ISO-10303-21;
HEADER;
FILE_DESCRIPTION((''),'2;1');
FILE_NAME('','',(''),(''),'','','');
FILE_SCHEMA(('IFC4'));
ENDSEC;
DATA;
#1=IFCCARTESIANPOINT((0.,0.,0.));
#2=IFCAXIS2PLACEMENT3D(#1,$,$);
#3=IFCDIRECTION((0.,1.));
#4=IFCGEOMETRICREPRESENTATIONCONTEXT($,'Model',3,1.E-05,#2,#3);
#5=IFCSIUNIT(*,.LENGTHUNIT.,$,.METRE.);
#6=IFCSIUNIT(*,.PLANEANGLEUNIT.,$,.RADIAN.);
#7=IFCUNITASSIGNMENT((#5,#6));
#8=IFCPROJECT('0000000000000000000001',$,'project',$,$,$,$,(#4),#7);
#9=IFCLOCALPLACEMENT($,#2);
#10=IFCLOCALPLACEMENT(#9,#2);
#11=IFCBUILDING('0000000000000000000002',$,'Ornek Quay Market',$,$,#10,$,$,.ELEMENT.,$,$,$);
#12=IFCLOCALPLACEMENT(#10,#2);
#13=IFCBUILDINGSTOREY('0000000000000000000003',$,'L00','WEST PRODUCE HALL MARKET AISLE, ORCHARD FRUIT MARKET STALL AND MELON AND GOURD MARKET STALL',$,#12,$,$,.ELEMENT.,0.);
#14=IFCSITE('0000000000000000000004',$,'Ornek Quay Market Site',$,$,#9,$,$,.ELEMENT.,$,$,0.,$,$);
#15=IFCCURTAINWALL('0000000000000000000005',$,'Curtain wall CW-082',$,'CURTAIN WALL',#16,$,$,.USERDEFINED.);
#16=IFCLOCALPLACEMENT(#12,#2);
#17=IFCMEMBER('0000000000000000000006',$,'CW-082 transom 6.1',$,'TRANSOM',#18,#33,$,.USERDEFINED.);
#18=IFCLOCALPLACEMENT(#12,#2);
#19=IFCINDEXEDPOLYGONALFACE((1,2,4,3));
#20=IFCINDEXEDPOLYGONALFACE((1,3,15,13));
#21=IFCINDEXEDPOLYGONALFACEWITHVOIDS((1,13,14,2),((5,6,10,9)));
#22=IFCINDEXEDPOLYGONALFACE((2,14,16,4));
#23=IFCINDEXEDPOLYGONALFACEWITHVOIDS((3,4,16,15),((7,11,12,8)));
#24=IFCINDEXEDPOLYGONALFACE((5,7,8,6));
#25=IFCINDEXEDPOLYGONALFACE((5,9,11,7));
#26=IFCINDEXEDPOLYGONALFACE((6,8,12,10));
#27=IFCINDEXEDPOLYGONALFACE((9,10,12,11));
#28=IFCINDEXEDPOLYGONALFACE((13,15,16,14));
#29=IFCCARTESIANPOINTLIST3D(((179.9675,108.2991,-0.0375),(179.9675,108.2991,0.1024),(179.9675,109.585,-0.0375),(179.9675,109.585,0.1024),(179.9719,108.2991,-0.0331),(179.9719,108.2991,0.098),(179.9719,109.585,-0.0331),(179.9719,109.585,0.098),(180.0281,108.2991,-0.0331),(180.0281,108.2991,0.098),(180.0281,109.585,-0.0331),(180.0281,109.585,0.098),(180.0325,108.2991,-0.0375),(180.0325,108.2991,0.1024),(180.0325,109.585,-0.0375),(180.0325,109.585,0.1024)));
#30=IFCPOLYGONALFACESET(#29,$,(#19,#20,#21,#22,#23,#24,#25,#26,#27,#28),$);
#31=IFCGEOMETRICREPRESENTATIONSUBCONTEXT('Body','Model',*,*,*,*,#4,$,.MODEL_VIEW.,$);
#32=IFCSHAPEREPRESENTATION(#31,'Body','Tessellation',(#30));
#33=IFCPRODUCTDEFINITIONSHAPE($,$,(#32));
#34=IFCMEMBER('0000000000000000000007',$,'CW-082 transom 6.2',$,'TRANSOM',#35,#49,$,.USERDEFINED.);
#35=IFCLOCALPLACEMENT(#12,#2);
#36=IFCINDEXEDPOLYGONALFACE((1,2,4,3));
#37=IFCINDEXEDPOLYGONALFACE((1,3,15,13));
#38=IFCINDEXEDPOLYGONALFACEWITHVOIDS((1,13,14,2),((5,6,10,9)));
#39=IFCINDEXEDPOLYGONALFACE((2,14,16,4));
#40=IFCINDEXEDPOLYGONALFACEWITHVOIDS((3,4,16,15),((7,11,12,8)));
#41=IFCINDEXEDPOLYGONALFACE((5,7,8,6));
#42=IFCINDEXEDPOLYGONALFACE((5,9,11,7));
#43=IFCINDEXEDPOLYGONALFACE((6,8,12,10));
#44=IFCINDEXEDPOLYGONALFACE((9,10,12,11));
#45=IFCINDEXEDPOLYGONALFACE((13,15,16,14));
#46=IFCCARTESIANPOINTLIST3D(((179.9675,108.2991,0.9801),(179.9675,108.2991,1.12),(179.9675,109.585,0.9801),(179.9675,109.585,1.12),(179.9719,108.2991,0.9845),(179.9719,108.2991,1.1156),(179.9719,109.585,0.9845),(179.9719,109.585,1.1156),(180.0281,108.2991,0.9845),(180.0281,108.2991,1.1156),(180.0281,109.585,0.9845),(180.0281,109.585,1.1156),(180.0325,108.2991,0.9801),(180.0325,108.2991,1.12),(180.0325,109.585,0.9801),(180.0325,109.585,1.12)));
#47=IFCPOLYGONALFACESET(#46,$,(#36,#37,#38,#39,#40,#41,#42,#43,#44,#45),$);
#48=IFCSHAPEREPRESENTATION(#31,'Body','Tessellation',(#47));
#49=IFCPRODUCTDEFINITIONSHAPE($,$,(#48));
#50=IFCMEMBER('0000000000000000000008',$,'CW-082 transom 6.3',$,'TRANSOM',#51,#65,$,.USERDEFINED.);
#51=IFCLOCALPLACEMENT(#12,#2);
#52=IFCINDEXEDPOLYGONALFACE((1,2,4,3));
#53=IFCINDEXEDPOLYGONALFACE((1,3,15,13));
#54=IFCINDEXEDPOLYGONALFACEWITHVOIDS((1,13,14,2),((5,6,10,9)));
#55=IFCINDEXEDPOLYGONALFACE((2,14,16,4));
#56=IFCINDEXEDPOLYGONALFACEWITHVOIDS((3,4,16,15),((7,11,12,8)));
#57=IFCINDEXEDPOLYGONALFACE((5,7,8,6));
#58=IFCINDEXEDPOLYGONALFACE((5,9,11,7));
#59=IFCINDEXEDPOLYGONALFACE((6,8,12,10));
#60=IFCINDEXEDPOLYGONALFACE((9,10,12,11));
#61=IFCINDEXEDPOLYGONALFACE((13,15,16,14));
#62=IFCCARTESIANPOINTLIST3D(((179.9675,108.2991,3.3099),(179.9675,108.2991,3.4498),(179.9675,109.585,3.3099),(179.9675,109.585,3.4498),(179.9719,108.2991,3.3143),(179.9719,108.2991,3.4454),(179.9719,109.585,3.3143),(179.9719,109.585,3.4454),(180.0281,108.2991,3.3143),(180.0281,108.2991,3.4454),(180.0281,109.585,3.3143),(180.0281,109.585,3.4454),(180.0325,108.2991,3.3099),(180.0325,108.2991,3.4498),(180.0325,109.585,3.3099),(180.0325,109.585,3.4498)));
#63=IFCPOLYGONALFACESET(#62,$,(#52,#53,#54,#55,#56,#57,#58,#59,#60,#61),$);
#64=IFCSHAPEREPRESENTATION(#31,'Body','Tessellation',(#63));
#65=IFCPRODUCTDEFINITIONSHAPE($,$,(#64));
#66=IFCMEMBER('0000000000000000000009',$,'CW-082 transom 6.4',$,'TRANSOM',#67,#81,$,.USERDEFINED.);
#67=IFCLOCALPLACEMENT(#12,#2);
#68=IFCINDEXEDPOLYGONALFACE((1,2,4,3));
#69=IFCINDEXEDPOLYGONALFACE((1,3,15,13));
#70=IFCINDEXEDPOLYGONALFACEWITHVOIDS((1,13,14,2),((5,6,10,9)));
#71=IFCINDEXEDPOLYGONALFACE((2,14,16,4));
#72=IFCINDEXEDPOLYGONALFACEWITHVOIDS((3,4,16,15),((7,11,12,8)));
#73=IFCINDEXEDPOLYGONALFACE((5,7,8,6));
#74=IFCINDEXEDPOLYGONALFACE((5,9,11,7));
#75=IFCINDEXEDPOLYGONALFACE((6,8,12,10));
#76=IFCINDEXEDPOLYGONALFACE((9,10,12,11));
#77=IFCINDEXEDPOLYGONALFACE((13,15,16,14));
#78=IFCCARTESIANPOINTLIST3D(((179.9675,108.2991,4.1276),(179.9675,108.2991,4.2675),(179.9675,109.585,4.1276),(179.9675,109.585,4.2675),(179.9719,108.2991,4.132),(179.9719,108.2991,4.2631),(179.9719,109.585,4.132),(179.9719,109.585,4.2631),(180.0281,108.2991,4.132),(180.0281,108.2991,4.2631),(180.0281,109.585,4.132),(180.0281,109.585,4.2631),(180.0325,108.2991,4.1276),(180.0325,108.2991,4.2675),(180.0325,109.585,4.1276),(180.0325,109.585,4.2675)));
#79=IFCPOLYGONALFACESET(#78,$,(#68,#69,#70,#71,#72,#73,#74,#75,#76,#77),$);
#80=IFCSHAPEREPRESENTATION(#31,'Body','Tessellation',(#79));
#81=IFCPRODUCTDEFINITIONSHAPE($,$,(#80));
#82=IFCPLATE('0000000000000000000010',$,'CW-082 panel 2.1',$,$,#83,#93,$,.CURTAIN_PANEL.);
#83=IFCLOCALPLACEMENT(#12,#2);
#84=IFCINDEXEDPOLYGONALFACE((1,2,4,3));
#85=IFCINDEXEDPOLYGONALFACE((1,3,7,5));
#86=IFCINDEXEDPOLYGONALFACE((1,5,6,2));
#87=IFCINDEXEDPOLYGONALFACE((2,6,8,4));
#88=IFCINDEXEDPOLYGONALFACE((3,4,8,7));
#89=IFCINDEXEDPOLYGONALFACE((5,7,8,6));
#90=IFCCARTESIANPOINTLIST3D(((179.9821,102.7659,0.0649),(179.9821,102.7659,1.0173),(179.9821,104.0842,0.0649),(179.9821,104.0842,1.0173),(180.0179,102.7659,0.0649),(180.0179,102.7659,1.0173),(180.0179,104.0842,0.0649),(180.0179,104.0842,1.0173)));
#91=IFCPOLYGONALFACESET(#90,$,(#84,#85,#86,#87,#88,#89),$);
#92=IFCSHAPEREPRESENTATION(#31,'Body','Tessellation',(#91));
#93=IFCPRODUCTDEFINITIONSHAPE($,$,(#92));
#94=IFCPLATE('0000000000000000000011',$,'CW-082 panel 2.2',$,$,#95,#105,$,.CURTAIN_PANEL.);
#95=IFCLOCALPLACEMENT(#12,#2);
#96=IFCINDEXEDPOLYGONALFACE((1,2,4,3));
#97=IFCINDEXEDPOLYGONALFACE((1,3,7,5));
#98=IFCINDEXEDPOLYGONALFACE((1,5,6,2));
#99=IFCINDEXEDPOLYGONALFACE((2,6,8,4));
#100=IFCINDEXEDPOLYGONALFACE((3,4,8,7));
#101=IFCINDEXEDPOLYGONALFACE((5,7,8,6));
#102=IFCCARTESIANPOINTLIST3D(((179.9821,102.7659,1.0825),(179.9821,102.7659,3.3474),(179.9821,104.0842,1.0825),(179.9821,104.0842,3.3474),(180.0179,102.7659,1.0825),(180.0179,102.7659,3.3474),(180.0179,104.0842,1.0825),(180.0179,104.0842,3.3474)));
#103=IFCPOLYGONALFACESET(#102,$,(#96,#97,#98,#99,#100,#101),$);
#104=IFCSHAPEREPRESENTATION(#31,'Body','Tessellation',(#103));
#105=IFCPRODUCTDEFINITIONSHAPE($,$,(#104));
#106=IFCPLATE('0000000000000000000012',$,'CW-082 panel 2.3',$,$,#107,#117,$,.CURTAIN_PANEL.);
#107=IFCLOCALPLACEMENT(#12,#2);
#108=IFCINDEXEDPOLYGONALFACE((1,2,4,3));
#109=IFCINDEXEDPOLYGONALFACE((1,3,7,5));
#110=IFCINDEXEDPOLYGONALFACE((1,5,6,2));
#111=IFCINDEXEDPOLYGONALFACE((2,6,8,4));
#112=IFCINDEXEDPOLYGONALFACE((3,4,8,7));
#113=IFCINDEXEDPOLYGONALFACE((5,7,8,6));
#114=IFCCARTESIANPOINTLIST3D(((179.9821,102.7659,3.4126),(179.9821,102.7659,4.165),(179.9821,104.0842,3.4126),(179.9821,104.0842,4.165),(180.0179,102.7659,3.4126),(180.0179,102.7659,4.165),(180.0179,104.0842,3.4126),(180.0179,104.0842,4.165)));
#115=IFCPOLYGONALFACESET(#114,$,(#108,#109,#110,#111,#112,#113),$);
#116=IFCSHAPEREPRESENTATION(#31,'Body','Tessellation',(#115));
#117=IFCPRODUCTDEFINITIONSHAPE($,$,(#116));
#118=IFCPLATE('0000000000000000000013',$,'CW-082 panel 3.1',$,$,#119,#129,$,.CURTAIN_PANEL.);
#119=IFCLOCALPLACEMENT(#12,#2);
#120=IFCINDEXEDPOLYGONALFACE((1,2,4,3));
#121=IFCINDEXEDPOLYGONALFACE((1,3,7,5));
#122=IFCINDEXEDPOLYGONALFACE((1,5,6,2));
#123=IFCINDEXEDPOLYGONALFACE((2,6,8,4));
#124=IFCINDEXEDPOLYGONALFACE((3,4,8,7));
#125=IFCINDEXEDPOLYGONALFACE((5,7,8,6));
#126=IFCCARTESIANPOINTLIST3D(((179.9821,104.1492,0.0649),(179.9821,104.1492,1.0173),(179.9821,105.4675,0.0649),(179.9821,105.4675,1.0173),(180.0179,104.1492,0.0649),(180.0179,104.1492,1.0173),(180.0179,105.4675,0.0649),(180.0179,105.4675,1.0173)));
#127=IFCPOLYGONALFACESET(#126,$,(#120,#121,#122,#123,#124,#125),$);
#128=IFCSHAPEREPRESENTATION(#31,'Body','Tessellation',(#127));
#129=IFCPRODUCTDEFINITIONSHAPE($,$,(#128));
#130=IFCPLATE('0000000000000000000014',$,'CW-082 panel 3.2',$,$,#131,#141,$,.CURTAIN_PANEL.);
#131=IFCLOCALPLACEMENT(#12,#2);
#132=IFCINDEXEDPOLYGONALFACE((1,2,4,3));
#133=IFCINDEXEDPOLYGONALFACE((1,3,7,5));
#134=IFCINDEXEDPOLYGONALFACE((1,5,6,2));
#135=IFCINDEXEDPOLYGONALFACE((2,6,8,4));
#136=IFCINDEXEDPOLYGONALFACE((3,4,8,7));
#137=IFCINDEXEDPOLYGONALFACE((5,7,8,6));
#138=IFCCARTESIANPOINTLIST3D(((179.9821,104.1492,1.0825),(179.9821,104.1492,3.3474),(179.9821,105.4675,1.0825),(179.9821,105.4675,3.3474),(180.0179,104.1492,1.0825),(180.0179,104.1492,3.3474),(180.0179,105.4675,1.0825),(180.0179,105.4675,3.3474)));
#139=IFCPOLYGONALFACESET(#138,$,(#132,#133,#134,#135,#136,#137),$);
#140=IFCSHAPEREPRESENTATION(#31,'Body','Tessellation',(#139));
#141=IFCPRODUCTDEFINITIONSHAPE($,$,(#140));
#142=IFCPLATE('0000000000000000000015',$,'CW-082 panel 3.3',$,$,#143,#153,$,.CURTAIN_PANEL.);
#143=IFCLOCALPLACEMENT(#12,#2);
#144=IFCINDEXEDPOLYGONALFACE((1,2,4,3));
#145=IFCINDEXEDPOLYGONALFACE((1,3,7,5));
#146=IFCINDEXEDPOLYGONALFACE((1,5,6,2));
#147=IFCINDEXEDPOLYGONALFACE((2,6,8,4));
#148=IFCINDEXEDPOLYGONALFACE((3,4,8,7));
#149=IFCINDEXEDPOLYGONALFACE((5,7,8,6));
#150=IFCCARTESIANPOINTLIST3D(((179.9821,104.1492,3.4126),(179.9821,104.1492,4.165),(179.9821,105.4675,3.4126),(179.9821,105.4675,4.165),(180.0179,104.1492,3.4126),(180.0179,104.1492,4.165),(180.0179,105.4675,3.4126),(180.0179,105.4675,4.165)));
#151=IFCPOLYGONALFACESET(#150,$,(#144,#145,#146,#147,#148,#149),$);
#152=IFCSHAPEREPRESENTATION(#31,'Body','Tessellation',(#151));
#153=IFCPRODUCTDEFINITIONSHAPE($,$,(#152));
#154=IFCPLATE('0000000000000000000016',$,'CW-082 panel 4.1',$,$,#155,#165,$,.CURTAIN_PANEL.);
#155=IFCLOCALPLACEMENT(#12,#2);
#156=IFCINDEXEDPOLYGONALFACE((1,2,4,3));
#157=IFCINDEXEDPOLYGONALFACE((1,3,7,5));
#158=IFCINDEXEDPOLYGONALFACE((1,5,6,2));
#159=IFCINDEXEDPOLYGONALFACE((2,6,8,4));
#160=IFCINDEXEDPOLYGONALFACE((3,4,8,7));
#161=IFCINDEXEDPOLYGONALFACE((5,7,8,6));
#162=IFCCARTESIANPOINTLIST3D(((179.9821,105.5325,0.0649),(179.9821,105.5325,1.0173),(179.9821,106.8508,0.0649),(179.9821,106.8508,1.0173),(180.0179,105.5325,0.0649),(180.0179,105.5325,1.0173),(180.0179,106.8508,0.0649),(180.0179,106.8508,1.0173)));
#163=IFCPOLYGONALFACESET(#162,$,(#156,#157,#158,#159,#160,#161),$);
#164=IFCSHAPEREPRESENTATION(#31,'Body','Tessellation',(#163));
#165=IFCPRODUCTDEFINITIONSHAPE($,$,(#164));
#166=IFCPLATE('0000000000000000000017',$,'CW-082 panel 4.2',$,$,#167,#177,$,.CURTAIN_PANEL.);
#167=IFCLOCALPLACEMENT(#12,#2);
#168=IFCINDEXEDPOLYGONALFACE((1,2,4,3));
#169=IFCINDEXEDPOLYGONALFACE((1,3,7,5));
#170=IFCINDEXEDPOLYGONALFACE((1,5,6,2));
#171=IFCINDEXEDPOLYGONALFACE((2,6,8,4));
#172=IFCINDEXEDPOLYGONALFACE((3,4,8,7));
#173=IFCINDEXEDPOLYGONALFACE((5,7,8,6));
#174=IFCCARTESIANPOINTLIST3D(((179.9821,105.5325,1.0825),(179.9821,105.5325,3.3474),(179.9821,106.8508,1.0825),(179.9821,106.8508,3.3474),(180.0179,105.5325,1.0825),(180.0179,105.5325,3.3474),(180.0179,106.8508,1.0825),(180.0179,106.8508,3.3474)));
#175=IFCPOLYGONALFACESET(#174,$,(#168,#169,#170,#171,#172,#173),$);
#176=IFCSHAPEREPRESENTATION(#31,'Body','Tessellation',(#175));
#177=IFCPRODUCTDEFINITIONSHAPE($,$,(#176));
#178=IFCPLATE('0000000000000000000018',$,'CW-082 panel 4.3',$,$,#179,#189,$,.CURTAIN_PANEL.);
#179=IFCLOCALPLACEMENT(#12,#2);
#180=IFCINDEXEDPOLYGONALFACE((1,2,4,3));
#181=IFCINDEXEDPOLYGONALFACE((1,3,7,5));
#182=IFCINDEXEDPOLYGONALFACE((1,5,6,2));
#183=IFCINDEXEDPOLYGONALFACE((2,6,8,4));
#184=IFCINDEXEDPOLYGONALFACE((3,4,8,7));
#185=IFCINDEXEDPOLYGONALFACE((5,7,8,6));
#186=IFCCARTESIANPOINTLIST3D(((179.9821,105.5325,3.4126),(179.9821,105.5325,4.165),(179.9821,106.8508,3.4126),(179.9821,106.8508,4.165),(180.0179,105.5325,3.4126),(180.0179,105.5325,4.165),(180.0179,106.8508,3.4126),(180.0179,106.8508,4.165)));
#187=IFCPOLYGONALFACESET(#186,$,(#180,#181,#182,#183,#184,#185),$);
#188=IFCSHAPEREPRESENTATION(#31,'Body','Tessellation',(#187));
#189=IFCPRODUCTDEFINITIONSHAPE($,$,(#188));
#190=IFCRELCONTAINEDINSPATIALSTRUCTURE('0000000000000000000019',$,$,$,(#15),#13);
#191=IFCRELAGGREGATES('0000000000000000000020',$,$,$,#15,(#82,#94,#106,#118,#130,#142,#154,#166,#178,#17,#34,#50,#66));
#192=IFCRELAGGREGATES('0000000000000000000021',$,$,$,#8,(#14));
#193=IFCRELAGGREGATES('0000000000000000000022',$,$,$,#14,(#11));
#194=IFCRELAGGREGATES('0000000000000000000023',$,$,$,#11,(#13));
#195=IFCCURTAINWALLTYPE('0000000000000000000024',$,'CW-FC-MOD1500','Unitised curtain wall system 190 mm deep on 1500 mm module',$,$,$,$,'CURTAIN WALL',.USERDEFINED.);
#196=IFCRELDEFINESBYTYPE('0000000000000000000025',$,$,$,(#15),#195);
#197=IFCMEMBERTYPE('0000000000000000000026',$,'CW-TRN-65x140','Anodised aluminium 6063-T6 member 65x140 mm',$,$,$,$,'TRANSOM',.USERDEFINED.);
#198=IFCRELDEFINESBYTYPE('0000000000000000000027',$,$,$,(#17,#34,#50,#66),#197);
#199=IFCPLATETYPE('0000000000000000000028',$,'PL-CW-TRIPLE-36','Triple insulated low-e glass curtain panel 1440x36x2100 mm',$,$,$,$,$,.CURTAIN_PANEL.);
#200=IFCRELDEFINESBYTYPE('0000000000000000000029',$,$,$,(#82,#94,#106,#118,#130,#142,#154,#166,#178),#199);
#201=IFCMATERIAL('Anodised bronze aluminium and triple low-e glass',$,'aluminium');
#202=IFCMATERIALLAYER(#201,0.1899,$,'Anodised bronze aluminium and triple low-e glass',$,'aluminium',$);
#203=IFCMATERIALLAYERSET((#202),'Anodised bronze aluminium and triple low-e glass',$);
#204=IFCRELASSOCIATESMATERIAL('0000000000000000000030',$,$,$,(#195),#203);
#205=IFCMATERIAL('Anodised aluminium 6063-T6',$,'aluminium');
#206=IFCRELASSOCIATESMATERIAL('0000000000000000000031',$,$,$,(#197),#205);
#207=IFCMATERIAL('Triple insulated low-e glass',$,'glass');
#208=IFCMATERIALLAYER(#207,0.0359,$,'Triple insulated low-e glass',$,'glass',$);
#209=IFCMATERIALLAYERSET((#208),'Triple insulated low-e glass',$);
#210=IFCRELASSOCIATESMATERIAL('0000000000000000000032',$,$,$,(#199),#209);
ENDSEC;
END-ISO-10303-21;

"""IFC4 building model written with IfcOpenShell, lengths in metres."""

from ifc_helpers import new_model, si_unit, direction, frame, origin, origin_2d, place, context, subcontext, project, spatial, rectangle, hollow_rectangle, extrude, material, layer, layer_set, material_profile, profile_set, type_object, element, aggregate, save


model = new_model("IFC4")

# Units and contexts
model_context = context("Model", 3, precision=1e-05, world=origin(), true_north=direction((0.0, 1.0)))
body_context = subcontext(model_context, "Body", "Model", "MODEL_VIEW")
ifc_project = project(units=[si_unit("LENGTHUNIT", "METRE"), si_unit("PLANEANGLEUNIT", "RADIAN")], contexts=[model_context])

# Site, building, storey
site_placement = place(None, origin())
site = spatial("IfcSite", under=ifc_project, at=site_placement, Name="Ornek Quay Market Site", CompositionType="ELEMENT", RefElevation=0.0)
building_placement = place(site_placement, origin())
building = spatial("IfcBuilding", under=site, at=building_placement, Name="Ornek Quay Market", CompositionType="ELEMENT")
storey_placement = place(building_placement, origin())
storey = spatial("IfcBuildingStorey", under=building, at=storey_placement, Name="L00", Description="WEST PRODUCE HALL MARKET AISLE, ORCHARD FRUIT MARKET STALL AND MELON AND GOURD MARKET STALL", CompositionType="ELEMENT", Elevation=0.0)

# Curtain wall, members, plates
ifc_material_1 = material(Name="Anodised bronze aluminium and triple low-e glass", Category="aluminium")
ifc_layer_1 = layer(ifc_material_1, 0.1899, Name="Anodised bronze aluminium and triple low-e glass", Category="aluminium")
ifc_layer_set_1 = layer_set([ifc_layer_1], Name="Anodised bronze aluminium and triple low-e glass")
curtain_wall_type = type_object("IfcCurtainWallType", Name="CW-FC-MOD1500", Description="Unitised curtain wall system 190 mm deep on 1500 mm module", ElementType="CURTAIN WALL", PredefinedType="USERDEFINED", material=ifc_layer_set_1)
curtain_wall_placement = place(storey_placement, origin())
curtain_wall = element("IfcCurtainWall", 1, at=curtain_wall_placement, inside=storey, type_object=curtain_wall_type, Name="Curtain wall CW-082", ObjectType="CURTAIN WALL", PredefinedType="USERDEFINED")
ifc_material_2 = material(Name="Anodised aluminium 6063-T6", Category="aluminium")
ifc_material_profile_1 = material_profile(ifc_material_2, hollow_rectangle(XDim=0.0649, YDim=0.1399, WallThickness=0.0044, at=origin_2d()), Name="CW-TRN-65x140", Category="aluminium")
ifc_profile_set_1 = profile_set([ifc_material_profile_1], Name="Anodised aluminium 6063-T6")
member_type_1 = type_object("IfcMemberType", Name="CW-TRN-65x140", Description="Anodised aluminium 6063-T6 member 65x140 mm", ElementType="TRANSOM", PredefinedType="USERDEFINED", material=ifc_profile_set_1)
member_1_placement = place(storey_placement, frame((180.0, 108.2991, 0.0325), z_axis=(0.0, 1.0, 0.0), x_axis=(-1.0, 0.0, 0.0)))
member_1 = element("IfcMember", 2, at=member_1_placement, type_object=member_type_1, Name="CW-082 transom 6.1", ObjectType="TRANSOM", PredefinedType="USERDEFINED", context=body_context, shape_type="SweptSolid", body=[
    extrude(hollow_rectangle(XDim=0.0649, YDim=0.1399, WallThickness=0.0044, at=origin_2d()), origin(), (0.0, 0.0, 1.0), 1.2859),
])
member_2_placement = place(storey_placement, frame((180.0, 108.2991, 1.05), z_axis=(0.0, 1.0, 0.0), x_axis=(-1.0, 0.0, 0.0)))
member_2 = element("IfcMember", 3, at=member_2_placement, type_object=member_type_1, Name="CW-082 transom 6.2", ObjectType="TRANSOM", PredefinedType="USERDEFINED", context=body_context, shape_type="SweptSolid", body=[
    extrude(hollow_rectangle(XDim=0.0649, YDim=0.1399, WallThickness=0.0044, at=origin_2d()), origin(), (0.0, 0.0, 1.0), 1.2859),
])
member_3_placement = place(storey_placement, frame((180.0, 108.2991, 3.3799), z_axis=(0.0, 1.0, 0.0), x_axis=(-1.0, 0.0, 0.0)))
member_3 = element("IfcMember", 4, at=member_3_placement, type_object=member_type_1, Name="CW-082 transom 6.3", ObjectType="TRANSOM", PredefinedType="USERDEFINED", context=body_context, shape_type="SweptSolid", body=[
    extrude(hollow_rectangle(XDim=0.0649, YDim=0.1399, WallThickness=0.0044, at=origin_2d()), origin(), (0.0, 0.0, 1.0), 1.2859),
])
member_4_placement = place(storey_placement, frame((180.0, 108.2991, 4.1975), z_axis=(0.0, 1.0, 0.0), x_axis=(-1.0, 0.0, 0.0)))
member_4 = element("IfcMember", 5, at=member_4_placement, type_object=member_type_1, Name="CW-082 transom 6.4", ObjectType="TRANSOM", PredefinedType="USERDEFINED", context=body_context, shape_type="SweptSolid", body=[
    extrude(hollow_rectangle(XDim=0.0649, YDim=0.1399, WallThickness=0.0044, at=origin_2d()), origin(), (0.0, 0.0, 1.0), 1.2859),
])
ifc_material_3 = material(Name="Triple insulated low-e glass", Category="glass")
ifc_layer_2 = layer(ifc_material_3, 0.0359, Name="Triple insulated low-e glass", Category="glass")
ifc_layer_set_2 = layer_set([ifc_layer_2], Name="Triple insulated low-e glass")
plate_type = type_object("IfcPlateType", Name="PL-CW-TRIPLE-36", Description="Triple insulated low-e glass curtain panel 1440x36x2100 mm", PredefinedType="CURTAIN_PANEL", material=ifc_layer_set_2)
plate_1_placement = place(storey_placement, frame((180.0, 103.425, 0.0649), z_axis=(0.0, 0.0, 1.0), x_axis=(0.0, 1.0, 0.0)))
plate_1 = element("IfcPlate", 6, at=plate_1_placement, type_object=plate_type, Name="CW-082 panel 2.1", PredefinedType="CURTAIN_PANEL", context=body_context, shape_type="SweptSolid", body=[
    extrude(rectangle(XDim=1.3184, YDim=0.0359, at=origin_2d()), origin(), (0.0, 0.0, 1.0), 0.9524),
])
plate_2_placement = place(storey_placement, frame((180.0, 103.425, 1.0825), z_axis=(0.0, 0.0, 1.0), x_axis=(0.0, 1.0, 0.0)))
plate_2 = element("IfcPlate", 7, at=plate_2_placement, type_object=plate_type, Name="CW-082 panel 2.2", PredefinedType="CURTAIN_PANEL", context=body_context, shape_type="SweptSolid", body=[
    extrude(rectangle(XDim=1.3184, YDim=0.0359, at=origin_2d()), origin(), (0.0, 0.0, 1.0), 2.2649),
])
plate_3_placement = place(storey_placement, frame((180.0, 103.425, 3.4126), z_axis=(0.0, 0.0, 1.0), x_axis=(0.0, 1.0, 0.0)))
plate_3 = element("IfcPlate", 8, at=plate_3_placement, type_object=plate_type, Name="CW-082 panel 2.3", PredefinedType="CURTAIN_PANEL", context=body_context, shape_type="SweptSolid", body=[
    extrude(rectangle(XDim=1.3184, YDim=0.0359, at=origin_2d()), origin(), (0.0, 0.0, 1.0), 0.7524),
])
plate_4_placement = place(storey_placement, frame((180.0, 104.8083, 0.0649), z_axis=(0.0, 0.0, 1.0), x_axis=(0.0, 1.0, 0.0)))
plate_4 = element("IfcPlate", 9, at=plate_4_placement, type_object=plate_type, Name="CW-082 panel 3.1", PredefinedType="CURTAIN_PANEL", context=body_context, shape_type="SweptSolid", body=[
    extrude(rectangle(XDim=1.3184, YDim=0.0359, at=origin_2d()), origin(), (0.0, 0.0, 1.0), 0.9524),
])
plate_5_placement = place(storey_placement, frame((180.0, 104.8083, 1.0825), z_axis=(0.0, 0.0, 1.0), x_axis=(0.0, 1.0, 0.0)))
plate_5 = element("IfcPlate", 10, at=plate_5_placement, type_object=plate_type, Name="CW-082 panel 3.2", PredefinedType="CURTAIN_PANEL", context=body_context, shape_type="SweptSolid", body=[
    extrude(rectangle(XDim=1.3184, YDim=0.0359, at=origin_2d()), origin(), (0.0, 0.0, 1.0), 2.2649),
])
plate_6_placement = place(storey_placement, frame((180.0, 104.8083, 3.4126), z_axis=(0.0, 0.0, 1.0), x_axis=(0.0, 1.0, 0.0)))
plate_6 = element("IfcPlate", 11, at=plate_6_placement, type_object=plate_type, Name="CW-082 panel 3.3", PredefinedType="CURTAIN_PANEL", context=body_context, shape_type="SweptSolid", body=[
    extrude(rectangle(XDim=1.3184, YDim=0.0359, at=origin_2d()), origin(), (0.0, 0.0, 1.0), 0.7524),
])
plate_7_placement = place(storey_placement, frame((180.0, 106.1917, 0.0649), z_axis=(0.0, 0.0, 1.0), x_axis=(0.0, 1.0, 0.0)))
plate_7 = element("IfcPlate", 12, at=plate_7_placement, type_object=plate_type, Name="CW-082 panel 4.1", PredefinedType="CURTAIN_PANEL", context=body_context, shape_type="SweptSolid", body=[
    extrude(rectangle(XDim=1.3184, YDim=0.0359, at=origin_2d()), origin(), (0.0, 0.0, 1.0), 0.9524),
])
plate_8_placement = place(storey_placement, frame((180.0, 106.1917, 1.0825), z_axis=(0.0, 0.0, 1.0), x_axis=(0.0, 1.0, 0.0)))
plate_8 = element("IfcPlate", 13, at=plate_8_placement, type_object=plate_type, Name="CW-082 panel 4.2", PredefinedType="CURTAIN_PANEL", context=body_context, shape_type="SweptSolid", body=[
    extrude(rectangle(XDim=1.3184, YDim=0.0359, at=origin_2d()), origin(), (0.0, 0.0, 1.0), 2.2649),
])
plate_9_placement = place(storey_placement, frame((180.0, 106.1917, 3.4126), z_axis=(0.0, 0.0, 1.0), x_axis=(0.0, 1.0, 0.0)))
plate_9 = element("IfcPlate", 14, at=plate_9_placement, type_object=plate_type, Name="CW-082 panel 4.3", PredefinedType="CURTAIN_PANEL", context=body_context, shape_type="SweptSolid", body=[
    extrude(rectangle(XDim=1.3184, YDim=0.0359, at=origin_2d()), origin(), (0.0, 0.0, 1.0), 0.7524),
])
aggregate(curtain_wall, [plate_1, plate_2, plate_3, plate_4, plate_5, plate_6, plate_7, plate_8, plate_9, member_1, member_2, member_3, member_4])

save(model, "model.ifc")
